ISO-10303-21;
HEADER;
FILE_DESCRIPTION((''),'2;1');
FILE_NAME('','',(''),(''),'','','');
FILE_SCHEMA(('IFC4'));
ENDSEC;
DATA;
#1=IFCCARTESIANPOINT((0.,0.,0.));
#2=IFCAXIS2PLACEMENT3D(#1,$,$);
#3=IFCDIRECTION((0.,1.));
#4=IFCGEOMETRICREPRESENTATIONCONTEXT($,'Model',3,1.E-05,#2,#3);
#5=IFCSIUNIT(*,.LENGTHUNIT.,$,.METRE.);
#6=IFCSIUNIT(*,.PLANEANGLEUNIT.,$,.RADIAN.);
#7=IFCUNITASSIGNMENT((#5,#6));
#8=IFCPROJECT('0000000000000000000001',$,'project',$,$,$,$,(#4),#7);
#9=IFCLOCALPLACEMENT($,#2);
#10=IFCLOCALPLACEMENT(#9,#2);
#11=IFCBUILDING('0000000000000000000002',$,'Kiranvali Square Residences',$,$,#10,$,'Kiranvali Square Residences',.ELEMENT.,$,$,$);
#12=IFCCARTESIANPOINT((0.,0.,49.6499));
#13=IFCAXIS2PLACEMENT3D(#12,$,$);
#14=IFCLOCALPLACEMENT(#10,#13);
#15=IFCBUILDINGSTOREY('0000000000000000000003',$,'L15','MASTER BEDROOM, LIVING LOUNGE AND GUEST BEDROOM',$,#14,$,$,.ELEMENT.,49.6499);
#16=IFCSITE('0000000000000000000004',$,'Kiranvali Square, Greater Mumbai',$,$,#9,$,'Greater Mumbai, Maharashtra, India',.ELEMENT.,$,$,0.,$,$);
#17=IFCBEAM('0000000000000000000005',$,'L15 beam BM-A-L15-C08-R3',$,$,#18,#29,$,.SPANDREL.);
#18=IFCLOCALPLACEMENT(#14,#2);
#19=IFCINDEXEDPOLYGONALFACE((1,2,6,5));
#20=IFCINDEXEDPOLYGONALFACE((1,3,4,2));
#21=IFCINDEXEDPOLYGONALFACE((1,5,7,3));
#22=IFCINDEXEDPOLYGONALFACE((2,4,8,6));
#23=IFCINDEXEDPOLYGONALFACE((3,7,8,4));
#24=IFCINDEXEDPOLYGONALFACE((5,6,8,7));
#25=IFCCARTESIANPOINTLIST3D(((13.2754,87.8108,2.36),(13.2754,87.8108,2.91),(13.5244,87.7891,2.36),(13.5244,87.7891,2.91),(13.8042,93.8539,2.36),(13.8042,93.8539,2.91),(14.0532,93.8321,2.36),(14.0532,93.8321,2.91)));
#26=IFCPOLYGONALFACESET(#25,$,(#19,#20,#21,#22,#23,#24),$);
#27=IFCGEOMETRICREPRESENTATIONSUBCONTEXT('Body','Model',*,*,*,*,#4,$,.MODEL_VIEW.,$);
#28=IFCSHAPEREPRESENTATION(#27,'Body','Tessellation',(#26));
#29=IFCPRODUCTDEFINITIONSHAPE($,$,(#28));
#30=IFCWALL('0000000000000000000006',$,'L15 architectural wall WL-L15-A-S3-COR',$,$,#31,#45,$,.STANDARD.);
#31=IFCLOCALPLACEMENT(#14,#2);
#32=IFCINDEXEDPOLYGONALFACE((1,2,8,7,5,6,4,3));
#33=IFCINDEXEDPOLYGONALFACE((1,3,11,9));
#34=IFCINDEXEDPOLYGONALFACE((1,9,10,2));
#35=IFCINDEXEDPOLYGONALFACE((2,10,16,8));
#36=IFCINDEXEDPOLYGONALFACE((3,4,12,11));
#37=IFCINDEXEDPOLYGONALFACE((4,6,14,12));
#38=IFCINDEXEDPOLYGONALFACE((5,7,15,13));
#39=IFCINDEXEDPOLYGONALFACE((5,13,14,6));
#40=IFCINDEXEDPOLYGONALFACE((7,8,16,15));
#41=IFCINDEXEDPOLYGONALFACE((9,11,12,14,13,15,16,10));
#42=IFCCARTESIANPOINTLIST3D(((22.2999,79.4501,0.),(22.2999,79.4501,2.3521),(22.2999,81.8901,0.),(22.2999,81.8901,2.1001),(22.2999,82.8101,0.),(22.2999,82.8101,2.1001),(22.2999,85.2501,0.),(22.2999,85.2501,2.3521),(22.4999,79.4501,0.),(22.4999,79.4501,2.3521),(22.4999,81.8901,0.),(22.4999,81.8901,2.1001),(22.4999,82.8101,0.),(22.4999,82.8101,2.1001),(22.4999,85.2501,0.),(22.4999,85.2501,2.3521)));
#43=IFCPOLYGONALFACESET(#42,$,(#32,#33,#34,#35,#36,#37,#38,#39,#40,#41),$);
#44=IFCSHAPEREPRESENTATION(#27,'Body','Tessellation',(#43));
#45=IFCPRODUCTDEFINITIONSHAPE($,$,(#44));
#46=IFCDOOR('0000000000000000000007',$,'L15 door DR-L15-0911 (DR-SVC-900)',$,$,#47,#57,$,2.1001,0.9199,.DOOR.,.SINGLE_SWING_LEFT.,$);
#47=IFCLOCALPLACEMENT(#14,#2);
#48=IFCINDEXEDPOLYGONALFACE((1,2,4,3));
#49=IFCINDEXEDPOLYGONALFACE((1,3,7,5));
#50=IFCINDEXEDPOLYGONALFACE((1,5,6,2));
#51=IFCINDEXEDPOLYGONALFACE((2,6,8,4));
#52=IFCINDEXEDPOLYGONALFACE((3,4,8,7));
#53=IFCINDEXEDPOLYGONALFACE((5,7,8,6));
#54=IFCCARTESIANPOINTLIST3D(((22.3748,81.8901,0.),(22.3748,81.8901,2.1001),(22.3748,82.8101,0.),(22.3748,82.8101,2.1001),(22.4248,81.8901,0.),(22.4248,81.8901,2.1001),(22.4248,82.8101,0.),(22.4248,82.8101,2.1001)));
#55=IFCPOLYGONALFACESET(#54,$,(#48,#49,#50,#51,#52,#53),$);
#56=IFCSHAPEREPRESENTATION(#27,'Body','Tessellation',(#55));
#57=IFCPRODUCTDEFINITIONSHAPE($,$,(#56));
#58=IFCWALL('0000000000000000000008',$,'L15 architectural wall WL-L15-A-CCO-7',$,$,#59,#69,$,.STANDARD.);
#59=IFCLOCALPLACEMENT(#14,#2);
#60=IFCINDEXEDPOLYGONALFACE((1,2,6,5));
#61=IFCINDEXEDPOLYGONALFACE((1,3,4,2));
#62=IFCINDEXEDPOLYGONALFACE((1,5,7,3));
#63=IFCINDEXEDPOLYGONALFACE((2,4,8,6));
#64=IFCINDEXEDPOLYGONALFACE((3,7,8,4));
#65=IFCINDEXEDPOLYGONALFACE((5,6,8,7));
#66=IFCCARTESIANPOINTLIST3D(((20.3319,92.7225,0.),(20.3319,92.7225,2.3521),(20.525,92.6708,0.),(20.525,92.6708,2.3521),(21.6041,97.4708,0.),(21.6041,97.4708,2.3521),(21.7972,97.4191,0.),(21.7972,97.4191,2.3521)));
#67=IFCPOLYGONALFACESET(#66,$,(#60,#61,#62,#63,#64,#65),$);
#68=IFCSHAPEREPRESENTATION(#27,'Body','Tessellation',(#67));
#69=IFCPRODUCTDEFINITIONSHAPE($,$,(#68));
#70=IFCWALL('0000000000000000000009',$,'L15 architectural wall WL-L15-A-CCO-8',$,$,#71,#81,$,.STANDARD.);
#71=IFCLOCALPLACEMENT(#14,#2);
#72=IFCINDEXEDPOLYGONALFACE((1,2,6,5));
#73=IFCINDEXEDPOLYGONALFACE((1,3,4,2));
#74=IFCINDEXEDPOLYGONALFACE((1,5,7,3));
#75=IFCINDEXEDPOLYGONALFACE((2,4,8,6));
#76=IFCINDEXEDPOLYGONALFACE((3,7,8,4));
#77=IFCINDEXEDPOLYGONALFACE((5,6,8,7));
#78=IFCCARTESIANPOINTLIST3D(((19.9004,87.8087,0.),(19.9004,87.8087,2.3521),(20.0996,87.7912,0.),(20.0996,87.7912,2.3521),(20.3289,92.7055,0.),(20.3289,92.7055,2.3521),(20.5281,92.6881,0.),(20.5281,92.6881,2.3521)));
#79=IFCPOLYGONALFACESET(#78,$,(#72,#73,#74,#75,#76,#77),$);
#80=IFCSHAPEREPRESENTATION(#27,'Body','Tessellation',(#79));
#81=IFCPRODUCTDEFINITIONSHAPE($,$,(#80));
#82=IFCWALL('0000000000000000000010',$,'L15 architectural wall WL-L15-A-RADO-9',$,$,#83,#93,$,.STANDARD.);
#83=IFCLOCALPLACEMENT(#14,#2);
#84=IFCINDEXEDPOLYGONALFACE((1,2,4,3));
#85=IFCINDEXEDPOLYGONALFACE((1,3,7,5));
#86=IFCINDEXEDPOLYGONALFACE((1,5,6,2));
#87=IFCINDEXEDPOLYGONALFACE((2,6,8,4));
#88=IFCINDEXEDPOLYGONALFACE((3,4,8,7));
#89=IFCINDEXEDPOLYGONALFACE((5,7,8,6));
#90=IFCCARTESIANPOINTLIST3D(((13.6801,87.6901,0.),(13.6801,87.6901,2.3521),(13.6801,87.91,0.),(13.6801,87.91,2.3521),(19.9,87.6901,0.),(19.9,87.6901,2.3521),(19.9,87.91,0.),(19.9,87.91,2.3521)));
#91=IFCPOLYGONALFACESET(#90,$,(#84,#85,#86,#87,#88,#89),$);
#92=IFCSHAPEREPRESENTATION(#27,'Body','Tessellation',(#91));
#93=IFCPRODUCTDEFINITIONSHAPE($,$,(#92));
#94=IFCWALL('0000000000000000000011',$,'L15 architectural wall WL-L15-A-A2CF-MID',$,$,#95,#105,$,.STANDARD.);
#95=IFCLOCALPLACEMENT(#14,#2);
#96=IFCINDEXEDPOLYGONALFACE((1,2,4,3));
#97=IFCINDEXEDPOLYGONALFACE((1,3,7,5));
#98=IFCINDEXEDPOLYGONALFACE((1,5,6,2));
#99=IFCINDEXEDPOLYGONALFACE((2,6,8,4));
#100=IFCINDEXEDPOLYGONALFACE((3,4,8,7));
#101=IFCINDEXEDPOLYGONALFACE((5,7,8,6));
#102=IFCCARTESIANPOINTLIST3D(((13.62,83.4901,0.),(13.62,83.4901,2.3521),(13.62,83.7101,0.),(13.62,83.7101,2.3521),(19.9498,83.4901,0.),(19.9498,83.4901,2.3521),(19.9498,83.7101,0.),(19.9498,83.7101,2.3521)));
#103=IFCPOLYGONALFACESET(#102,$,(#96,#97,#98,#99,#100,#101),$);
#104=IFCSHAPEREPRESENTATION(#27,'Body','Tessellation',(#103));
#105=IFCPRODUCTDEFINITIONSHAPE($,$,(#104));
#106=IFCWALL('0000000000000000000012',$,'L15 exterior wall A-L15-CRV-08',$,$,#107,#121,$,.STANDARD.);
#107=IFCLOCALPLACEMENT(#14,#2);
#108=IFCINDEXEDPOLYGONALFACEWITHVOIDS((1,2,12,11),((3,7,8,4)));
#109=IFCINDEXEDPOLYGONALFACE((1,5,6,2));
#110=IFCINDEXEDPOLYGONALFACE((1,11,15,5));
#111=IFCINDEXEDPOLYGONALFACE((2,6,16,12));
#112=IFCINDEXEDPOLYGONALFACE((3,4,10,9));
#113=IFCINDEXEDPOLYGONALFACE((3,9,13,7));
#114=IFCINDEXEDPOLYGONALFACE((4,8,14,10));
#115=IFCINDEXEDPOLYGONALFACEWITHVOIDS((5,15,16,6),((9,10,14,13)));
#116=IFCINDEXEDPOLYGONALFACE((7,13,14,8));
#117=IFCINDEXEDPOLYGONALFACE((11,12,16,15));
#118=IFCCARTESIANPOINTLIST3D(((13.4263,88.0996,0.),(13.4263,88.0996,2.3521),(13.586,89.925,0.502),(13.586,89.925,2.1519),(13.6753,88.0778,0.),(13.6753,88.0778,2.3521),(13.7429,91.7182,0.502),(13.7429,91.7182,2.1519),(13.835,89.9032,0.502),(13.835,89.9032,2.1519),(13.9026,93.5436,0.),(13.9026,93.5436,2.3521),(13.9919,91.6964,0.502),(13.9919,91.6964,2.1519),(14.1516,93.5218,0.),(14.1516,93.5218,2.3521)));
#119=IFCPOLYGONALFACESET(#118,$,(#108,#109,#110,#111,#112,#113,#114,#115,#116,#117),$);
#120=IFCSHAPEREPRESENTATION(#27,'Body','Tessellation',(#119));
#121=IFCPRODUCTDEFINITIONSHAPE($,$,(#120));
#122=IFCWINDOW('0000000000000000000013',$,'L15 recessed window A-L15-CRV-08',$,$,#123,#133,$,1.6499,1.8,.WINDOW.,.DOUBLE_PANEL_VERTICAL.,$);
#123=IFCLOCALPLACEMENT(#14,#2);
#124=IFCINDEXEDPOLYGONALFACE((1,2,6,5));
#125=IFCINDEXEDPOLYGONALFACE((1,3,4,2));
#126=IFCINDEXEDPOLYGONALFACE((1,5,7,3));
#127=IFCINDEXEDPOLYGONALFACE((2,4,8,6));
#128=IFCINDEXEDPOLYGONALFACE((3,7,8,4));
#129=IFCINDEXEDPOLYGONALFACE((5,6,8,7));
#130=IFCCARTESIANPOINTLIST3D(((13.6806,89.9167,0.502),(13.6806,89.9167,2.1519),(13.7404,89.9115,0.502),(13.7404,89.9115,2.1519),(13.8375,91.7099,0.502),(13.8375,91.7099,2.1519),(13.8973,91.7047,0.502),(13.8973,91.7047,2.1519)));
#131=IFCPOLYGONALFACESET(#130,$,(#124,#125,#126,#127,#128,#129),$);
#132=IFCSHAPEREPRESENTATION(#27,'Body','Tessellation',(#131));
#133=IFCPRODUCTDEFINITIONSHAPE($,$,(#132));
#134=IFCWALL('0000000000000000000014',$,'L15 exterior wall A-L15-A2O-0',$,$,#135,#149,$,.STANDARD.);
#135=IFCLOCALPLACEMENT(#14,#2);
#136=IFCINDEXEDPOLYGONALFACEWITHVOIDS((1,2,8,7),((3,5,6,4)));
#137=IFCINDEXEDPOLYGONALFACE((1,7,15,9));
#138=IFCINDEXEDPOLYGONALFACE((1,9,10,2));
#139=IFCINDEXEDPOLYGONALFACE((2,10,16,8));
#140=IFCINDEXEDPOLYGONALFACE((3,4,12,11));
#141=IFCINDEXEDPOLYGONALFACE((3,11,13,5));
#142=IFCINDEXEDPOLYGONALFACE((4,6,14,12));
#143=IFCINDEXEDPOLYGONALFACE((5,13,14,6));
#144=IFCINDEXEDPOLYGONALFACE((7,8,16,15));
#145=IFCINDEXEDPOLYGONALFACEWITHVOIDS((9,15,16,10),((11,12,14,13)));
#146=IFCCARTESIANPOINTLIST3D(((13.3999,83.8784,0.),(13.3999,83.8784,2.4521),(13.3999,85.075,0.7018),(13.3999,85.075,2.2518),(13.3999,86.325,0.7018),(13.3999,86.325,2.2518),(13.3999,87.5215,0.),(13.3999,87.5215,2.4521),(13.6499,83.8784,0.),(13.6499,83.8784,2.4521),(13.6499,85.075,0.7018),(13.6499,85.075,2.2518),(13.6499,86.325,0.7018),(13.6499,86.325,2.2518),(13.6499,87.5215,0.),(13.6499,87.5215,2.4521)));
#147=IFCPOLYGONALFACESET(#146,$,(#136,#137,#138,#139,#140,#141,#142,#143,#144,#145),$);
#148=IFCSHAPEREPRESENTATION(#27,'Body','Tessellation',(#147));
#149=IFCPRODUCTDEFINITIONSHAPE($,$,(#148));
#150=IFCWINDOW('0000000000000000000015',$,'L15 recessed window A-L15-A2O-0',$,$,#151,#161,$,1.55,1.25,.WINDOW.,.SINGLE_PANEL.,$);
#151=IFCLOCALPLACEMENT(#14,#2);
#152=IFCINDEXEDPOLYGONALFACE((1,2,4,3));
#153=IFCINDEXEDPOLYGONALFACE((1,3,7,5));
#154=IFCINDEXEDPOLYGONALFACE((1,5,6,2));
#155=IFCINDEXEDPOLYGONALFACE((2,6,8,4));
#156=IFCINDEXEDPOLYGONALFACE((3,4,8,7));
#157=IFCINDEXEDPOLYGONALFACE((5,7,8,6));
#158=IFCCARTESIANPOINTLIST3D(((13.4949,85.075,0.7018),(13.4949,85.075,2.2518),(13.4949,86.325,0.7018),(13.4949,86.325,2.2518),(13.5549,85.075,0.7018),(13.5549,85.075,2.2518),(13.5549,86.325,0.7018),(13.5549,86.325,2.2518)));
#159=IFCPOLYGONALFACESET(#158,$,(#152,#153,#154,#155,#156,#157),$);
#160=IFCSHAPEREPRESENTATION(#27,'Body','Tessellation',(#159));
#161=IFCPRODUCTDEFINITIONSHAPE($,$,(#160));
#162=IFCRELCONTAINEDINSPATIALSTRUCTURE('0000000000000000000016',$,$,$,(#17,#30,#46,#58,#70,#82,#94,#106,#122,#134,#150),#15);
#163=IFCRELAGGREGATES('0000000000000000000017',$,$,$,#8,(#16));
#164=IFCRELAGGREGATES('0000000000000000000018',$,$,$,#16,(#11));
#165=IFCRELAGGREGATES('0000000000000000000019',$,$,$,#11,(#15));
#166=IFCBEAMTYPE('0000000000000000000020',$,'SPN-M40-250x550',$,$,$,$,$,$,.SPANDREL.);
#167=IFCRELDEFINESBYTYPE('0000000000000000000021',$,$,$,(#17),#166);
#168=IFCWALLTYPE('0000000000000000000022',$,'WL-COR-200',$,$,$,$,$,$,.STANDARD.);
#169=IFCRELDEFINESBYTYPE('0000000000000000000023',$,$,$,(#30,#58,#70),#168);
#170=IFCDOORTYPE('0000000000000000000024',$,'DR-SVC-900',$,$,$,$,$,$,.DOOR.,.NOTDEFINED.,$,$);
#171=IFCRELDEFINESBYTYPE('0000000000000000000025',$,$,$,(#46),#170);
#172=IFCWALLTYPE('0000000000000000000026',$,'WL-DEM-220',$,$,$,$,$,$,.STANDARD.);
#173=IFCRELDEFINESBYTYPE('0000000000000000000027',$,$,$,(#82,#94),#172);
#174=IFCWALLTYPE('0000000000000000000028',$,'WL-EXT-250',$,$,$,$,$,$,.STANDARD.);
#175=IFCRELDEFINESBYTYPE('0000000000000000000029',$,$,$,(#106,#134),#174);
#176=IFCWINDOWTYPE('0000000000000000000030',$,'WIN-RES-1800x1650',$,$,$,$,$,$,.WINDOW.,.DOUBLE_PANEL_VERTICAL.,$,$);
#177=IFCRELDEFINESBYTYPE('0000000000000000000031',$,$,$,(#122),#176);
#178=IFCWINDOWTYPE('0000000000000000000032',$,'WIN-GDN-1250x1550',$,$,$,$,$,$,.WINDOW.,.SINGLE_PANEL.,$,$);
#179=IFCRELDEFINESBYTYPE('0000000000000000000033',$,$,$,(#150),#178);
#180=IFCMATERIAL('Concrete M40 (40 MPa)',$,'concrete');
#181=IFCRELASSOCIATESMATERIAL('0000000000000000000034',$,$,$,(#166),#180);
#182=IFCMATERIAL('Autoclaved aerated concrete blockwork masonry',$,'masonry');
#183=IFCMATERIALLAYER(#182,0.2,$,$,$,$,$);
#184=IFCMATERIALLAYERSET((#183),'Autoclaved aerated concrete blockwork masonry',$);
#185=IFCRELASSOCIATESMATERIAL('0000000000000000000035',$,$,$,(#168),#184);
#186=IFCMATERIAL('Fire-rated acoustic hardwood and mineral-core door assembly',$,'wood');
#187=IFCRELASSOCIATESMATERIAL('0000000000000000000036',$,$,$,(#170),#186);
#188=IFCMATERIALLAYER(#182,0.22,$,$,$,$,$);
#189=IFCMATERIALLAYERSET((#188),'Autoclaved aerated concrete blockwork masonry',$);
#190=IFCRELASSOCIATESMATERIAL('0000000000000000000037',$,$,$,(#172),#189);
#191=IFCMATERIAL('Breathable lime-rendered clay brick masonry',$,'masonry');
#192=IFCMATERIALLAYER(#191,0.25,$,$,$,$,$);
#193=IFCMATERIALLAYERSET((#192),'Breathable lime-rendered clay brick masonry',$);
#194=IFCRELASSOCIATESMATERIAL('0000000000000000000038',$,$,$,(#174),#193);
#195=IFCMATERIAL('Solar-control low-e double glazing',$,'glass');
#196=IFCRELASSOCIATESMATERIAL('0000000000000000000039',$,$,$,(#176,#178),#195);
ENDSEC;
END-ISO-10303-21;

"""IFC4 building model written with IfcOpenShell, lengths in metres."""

from ifc_helpers import new_model, si_unit, direction, frame, frame_2d, origin, origin_2d, place, context, subcontext, project, spatial, rectangle, extrude, material, layer, layer_set, material_profile, profile_set, type_object, element, fill, save


model = new_model("IFC4")

# Units and contexts
model_context = context("Model", 3, precision=1e-05, world=origin(), true_north=direction((0.0, 1.0)))
body_context = subcontext(model_context, "Body", "Model", "MODEL_VIEW")
ifc_project = project(units=[si_unit("LENGTHUNIT", "METRE"), si_unit("PLANEANGLEUNIT", "RADIAN")], contexts=[model_context])

# Site, building, storey
site_placement = place(None, origin())
site = spatial("IfcSite", under=ifc_project, at=site_placement, Name="Kiranvali Square, Greater Mumbai", LongName="Greater Mumbai, Maharashtra, India", CompositionType="ELEMENT", RefElevation=0.0)
building_placement = place(site_placement, origin())
building = spatial("IfcBuilding", under=site, at=building_placement, Name="Kiranvali Square Residences", LongName="Kiranvali Square Residences", CompositionType="ELEMENT")
storey_placement = place(building_placement, frame((0.0, 0.0, 49.6499)))
storey = spatial("IfcBuildingStorey", under=building, at=storey_placement, Name="L15", Description="MASTER BEDROOM, LIVING LOUNGE AND GUEST BEDROOM", CompositionType="ELEMENT", Elevation=49.6499)

# Shared definitions
ifc_material_1 = material(Name="Concrete M40 (40 MPa)", Category="concrete")

# Beam
ifc_material_profile_1 = material_profile(ifc_material_1, rectangle(XDim=0.25, YDim=0.55, at=origin_2d()), Name="RC 250x550")
ifc_profile_set_1 = profile_set([ifc_material_profile_1], Name="Concrete M40 (40 MPa)")
beam_type_1 = type_object("IfcBeamType", Name="SPN-M40-250x550", PredefinedType="SPANDREL", material=ifc_profile_set_1)
beam_1_placement = place(storey_placement, frame((13.9287, 93.843, 2.635), z_axis=(-0.087175, -0.996193, 0.0), x_axis=(0.996193, -0.087175, 0.0)))
element("IfcBeam", 1, at=beam_1_placement, inside=storey, type_object=beam_type_1, Name="L15 beam BM-A-L15-C08-R3", PredefinedType="SPANDREL", context=body_context, shape_type="SweptSolid", body=[
    extrude(rectangle(XDim=0.25, YDim=0.55, at=origin_2d()), origin(), (0.0, 0.0, 1.0), 6.0662),
])

# Wall, opening, door
ifc_material_2 = material(Name="Autoclaved aerated concrete blockwork masonry", Category="masonry")
ifc_layer_1 = layer(ifc_material_2, 0.2)
ifc_layer_set_1 = layer_set([ifc_layer_1], Name="Autoclaved aerated concrete blockwork masonry")
wall_type_1 = type_object("IfcWallType", Name="WL-COR-200", PredefinedType="STANDARD", material=ifc_layer_set_1)
wall_1_placement = place(storey_placement, frame((22.3999, 85.25, 0.0), z_axis=(0.0, 0.0, 1.0), x_axis=(0.0, -1.0, 0.0)))
wall_1 = element("IfcWall", 2, at=wall_1_placement, inside=storey, type_object=wall_type_1, Name="L15 architectural wall WL-L15-A-S3-COR", PredefinedType="STANDARD", context=body_context, shape_type="SweptSolid", body=[
    extrude(rectangle(XDim=5.8, YDim=0.2, at=frame_2d((2.8999, 0.0))), origin(), (0.0, 0.0, 1.0), 2.3521),
])
opening_1_placement = place(wall_1_placement, frame((2.4399, 0.0, 0.0)))
opening_1 = element("IfcOpeningElement", 3, at=opening_1_placement, cuts=wall_1, PredefinedType="OPENING", context=body_context, shape_type="SweptSolid", body=[
    extrude(rectangle(XDim=0.9199, YDim=2.1001, at=frame_2d((0.46, 1.05))), frame((0.0, 0.1099, 0.0), z_axis=(0.0, -1.0, 0.0), x_axis=(1.0, 0.0, 0.0)), (0.0, 0.0, 1.0), 0.22),
])
ifc_material_3 = material(Name="Fire-rated acoustic hardwood and mineral-core door assembly", Category="wood")
door_type_1 = type_object("IfcDoorType", Name="DR-SVC-900", OperationType="NOTDEFINED", PredefinedType="DOOR", material=ifc_material_3)
door_1_placement = place(opening_1_placement, origin())
door_1 = element("IfcDoor", 4, at=door_1_placement, inside=storey, type_object=door_type_1, Name="L15 door DR-L15-0911 (DR-SVC-900)", OperationType="SINGLE_SWING_LEFT", OverallHeight=2.1001, OverallWidth=0.9199, PredefinedType="DOOR", context=body_context, shape_type="SweptSolid", body=[
    extrude(rectangle(XDim=0.9199, YDim=2.1001, at=frame_2d((0.46, 1.05))), frame((0.0, 0.0249, 0.0), z_axis=(0.0, -1.0, 0.0), x_axis=(1.0, 0.0, 0.0)), (0.0, 0.0, 1.0), 0.05),
])
fill(opening_1, door_1)

# Walls
wall_2_placement = place(storey_placement, frame((21.7007, 97.4451, 0.0), z_axis=(0.0, 0.0, 1.0), x_axis=(-0.258803, -0.96593, 0.0)))
element("IfcWall", 5, at=wall_2_placement, inside=storey, type_object=wall_type_1, Name="L15 architectural wall WL-L15-A-CCO-7", PredefinedType="STANDARD", context=body_context, shape_type="SweptSolid", body=[
    extrude(rectangle(XDim=4.9158, YDim=0.2, at=frame_2d((2.458, 0.0))), origin(), (0.0, 0.0, 1.0), 2.3521),
])
wall_3_placement = place(storey_placement, frame((20.4285, 92.6968, 0.0), z_axis=(0.0, 0.0, 1.0), x_axis=(-0.087168, -0.996194, 0.0)))
element("IfcWall", 6, at=wall_3_placement, inside=storey, type_object=wall_type_1, Name="L15 architectural wall WL-L15-A-CCO-8", PredefinedType="STANDARD", context=body_context, shape_type="SweptSolid", body=[
    extrude(rectangle(XDim=4.9155, YDim=0.2, at=frame_2d((2.4578, 0.0))), origin(), (0.0, 0.0, 1.0), 2.3521),
])

# Walls
ifc_layer_2 = layer(ifc_material_2, 0.22)
ifc_layer_set_2 = layer_set([ifc_layer_2], Name="Autoclaved aerated concrete blockwork masonry")
wall_type_2 = type_object("IfcWallType", Name="WL-DEM-220", PredefinedType="STANDARD", material=ifc_layer_set_2)
wall_4_placement = place(storey_placement, frame((19.8999, 87.8, 0.0), z_axis=(0.0, 0.0, 1.0), x_axis=(-1.0, 0.0, 0.0)))
element("IfcWall", 7, at=wall_4_placement, inside=storey, type_object=wall_type_2, Name="L15 architectural wall WL-L15-A-RADO-9", PredefinedType="STANDARD", context=body_context, shape_type="SweptSolid", body=[
    extrude(rectangle(XDim=6.22, YDim=0.22, at=frame_2d((3.1099, 0.0))), origin(), (0.0, 0.0, 1.0), 2.3521),
])
wall_5_placement = place(storey_placement, frame((19.95, 83.6001, 0.0), z_axis=(0.0, 0.0, 1.0), x_axis=(-1.0, 0.0, 0.0)))
element("IfcWall", 8, at=wall_5_placement, inside=storey, type_object=wall_type_2, Name="L15 architectural wall WL-L15-A-A2CF-MID", PredefinedType="STANDARD", context=body_context, shape_type="SweptSolid", body=[
    extrude(rectangle(XDim=6.3298, YDim=0.22, at=frame_2d((3.165, 0.0))), origin(), (0.0, 0.0, 1.0), 2.3521),
])

# Walls, openings, windows
ifc_material_4 = material(Name="Breathable lime-rendered clay brick masonry", Category="masonry")
ifc_layer_3 = layer(ifc_material_4, 0.25)
ifc_layer_set_3 = layer_set([ifc_layer_3], Name="Breathable lime-rendered clay brick masonry")
wall_type_3 = type_object("IfcWallType", Name="WL-EXT-250", PredefinedType="STANDARD", material=ifc_layer_set_3)
wall_6_placement = place(storey_placement, frame((14.0271, 93.5327, 0.0), z_axis=(0.0, 0.0, 1.0), x_axis=(-0.08716, -0.996194, 0.0)))
wall_6 = element("IfcWall", 9, at=wall_6_placement, inside=storey, type_object=wall_type_3, Name="L15 exterior wall A-L15-CRV-08", PredefinedType="STANDARD", context=body_context, shape_type="SweptSolid", body=[
    extrude(rectangle(XDim=5.4648, YDim=0.25, at=frame_2d((2.7324, 0.0))), origin(), (0.0, 0.0, 1.0), 2.3521),
])
opening_2_placement = place(wall_6_placement, frame((1.8325, 0.0, 0.502)))
opening_2 = element("IfcOpeningElement", 10, at=opening_2_placement, cuts=wall_6, PredefinedType="OPENING", context=body_context, shape_type="SweptSolid", body=[
    extrude(rectangle(XDim=1.8, YDim=1.6499, at=frame_2d((0.8999, 0.825))), frame((0.0, 0.135, 0.0), z_axis=(0.0, -1.0, 0.0), x_axis=(1.0, 0.0, 0.0)), (0.0, 0.0, 1.0), 0.27),
])
ifc_material_5 = material(Name="Solar-control low-e double glazing", Category="glass")
window_type_1 = type_object("IfcWindowType", Name="WIN-RES-1800x1650", PartitioningType="DOUBLE_PANEL_VERTICAL", PredefinedType="WINDOW", material=ifc_material_5)
window_1_placement = place(opening_2_placement, origin())
window_1 = element("IfcWindow", 11, at=window_1_placement, inside=storey, type_object=window_type_1, Name="L15 recessed window A-L15-CRV-08", OverallHeight=1.6499, OverallWidth=1.8, PartitioningType="DOUBLE_PANEL_VERTICAL", PredefinedType="WINDOW", context=body_context, shape_type="SweptSolid", body=[
    extrude(rectangle(XDim=1.8, YDim=1.6499, at=frame_2d((0.8999, 0.825))), frame((0.0, 0.03, 0.0), z_axis=(0.0, -1.0, 0.0), x_axis=(1.0, 0.0, 0.0)), (0.0, 0.0, 1.0), 0.0601),
])
fill(opening_2, window_1)
wall_7_placement = place(storey_placement, frame((13.5249, 87.5215, 0.0), z_axis=(0.0, 0.0, 1.0), x_axis=(0.0, -1.0, 0.0)))
wall_7 = element("IfcWall", 12, at=wall_7_placement, inside=storey, type_object=wall_type_3, Name="L15 exterior wall A-L15-A2O-0", PredefinedType="STANDARD", context=body_context, shape_type="SweptSolid", body=[
    extrude(rectangle(XDim=3.6431, YDim=0.25, at=frame_2d((1.8215, 0.0))), origin(), (0.0, 0.0, 1.0), 2.4521),
])
opening_3_placement = place(wall_7_placement, frame((1.1965, 0.0, 0.7019)))
opening_3 = element("IfcOpeningElement", 13, at=opening_3_placement, cuts=wall_7, PredefinedType="OPENING", context=body_context, shape_type="SweptSolid", body=[
    extrude(rectangle(XDim=1.25, YDim=1.55, at=frame_2d((0.625, 0.7749))), frame((0.0, 0.135, 0.0), z_axis=(0.0, -1.0, 0.0), x_axis=(1.0, 0.0, 0.0)), (0.0, 0.0, 1.0), 0.27),
])
window_type_2 = type_object("IfcWindowType", Name="WIN-GDN-1250x1550", PartitioningType="SINGLE_PANEL", PredefinedType="WINDOW", material=ifc_material_5)
window_2_placement = place(opening_3_placement, origin())
window_2 = element("IfcWindow", 14, at=window_2_placement, inside=storey, type_object=window_type_2, Name="L15 recessed window A-L15-A2O-0", OverallHeight=1.55, OverallWidth=1.25, PartitioningType="SINGLE_PANEL", PredefinedType="WINDOW", context=body_context, shape_type="SweptSolid", body=[
    extrude(rectangle(XDim=1.25, YDim=1.55, at=frame_2d((0.625, 0.7749))), frame((0.0, 0.03, 0.0), z_axis=(0.0, -1.0, 0.0), x_axis=(1.0, 0.0, 0.0)), (0.0, 0.0, 1.0), 0.0601),
])
fill(opening_3, window_2)

save(model, "model.ifc")
